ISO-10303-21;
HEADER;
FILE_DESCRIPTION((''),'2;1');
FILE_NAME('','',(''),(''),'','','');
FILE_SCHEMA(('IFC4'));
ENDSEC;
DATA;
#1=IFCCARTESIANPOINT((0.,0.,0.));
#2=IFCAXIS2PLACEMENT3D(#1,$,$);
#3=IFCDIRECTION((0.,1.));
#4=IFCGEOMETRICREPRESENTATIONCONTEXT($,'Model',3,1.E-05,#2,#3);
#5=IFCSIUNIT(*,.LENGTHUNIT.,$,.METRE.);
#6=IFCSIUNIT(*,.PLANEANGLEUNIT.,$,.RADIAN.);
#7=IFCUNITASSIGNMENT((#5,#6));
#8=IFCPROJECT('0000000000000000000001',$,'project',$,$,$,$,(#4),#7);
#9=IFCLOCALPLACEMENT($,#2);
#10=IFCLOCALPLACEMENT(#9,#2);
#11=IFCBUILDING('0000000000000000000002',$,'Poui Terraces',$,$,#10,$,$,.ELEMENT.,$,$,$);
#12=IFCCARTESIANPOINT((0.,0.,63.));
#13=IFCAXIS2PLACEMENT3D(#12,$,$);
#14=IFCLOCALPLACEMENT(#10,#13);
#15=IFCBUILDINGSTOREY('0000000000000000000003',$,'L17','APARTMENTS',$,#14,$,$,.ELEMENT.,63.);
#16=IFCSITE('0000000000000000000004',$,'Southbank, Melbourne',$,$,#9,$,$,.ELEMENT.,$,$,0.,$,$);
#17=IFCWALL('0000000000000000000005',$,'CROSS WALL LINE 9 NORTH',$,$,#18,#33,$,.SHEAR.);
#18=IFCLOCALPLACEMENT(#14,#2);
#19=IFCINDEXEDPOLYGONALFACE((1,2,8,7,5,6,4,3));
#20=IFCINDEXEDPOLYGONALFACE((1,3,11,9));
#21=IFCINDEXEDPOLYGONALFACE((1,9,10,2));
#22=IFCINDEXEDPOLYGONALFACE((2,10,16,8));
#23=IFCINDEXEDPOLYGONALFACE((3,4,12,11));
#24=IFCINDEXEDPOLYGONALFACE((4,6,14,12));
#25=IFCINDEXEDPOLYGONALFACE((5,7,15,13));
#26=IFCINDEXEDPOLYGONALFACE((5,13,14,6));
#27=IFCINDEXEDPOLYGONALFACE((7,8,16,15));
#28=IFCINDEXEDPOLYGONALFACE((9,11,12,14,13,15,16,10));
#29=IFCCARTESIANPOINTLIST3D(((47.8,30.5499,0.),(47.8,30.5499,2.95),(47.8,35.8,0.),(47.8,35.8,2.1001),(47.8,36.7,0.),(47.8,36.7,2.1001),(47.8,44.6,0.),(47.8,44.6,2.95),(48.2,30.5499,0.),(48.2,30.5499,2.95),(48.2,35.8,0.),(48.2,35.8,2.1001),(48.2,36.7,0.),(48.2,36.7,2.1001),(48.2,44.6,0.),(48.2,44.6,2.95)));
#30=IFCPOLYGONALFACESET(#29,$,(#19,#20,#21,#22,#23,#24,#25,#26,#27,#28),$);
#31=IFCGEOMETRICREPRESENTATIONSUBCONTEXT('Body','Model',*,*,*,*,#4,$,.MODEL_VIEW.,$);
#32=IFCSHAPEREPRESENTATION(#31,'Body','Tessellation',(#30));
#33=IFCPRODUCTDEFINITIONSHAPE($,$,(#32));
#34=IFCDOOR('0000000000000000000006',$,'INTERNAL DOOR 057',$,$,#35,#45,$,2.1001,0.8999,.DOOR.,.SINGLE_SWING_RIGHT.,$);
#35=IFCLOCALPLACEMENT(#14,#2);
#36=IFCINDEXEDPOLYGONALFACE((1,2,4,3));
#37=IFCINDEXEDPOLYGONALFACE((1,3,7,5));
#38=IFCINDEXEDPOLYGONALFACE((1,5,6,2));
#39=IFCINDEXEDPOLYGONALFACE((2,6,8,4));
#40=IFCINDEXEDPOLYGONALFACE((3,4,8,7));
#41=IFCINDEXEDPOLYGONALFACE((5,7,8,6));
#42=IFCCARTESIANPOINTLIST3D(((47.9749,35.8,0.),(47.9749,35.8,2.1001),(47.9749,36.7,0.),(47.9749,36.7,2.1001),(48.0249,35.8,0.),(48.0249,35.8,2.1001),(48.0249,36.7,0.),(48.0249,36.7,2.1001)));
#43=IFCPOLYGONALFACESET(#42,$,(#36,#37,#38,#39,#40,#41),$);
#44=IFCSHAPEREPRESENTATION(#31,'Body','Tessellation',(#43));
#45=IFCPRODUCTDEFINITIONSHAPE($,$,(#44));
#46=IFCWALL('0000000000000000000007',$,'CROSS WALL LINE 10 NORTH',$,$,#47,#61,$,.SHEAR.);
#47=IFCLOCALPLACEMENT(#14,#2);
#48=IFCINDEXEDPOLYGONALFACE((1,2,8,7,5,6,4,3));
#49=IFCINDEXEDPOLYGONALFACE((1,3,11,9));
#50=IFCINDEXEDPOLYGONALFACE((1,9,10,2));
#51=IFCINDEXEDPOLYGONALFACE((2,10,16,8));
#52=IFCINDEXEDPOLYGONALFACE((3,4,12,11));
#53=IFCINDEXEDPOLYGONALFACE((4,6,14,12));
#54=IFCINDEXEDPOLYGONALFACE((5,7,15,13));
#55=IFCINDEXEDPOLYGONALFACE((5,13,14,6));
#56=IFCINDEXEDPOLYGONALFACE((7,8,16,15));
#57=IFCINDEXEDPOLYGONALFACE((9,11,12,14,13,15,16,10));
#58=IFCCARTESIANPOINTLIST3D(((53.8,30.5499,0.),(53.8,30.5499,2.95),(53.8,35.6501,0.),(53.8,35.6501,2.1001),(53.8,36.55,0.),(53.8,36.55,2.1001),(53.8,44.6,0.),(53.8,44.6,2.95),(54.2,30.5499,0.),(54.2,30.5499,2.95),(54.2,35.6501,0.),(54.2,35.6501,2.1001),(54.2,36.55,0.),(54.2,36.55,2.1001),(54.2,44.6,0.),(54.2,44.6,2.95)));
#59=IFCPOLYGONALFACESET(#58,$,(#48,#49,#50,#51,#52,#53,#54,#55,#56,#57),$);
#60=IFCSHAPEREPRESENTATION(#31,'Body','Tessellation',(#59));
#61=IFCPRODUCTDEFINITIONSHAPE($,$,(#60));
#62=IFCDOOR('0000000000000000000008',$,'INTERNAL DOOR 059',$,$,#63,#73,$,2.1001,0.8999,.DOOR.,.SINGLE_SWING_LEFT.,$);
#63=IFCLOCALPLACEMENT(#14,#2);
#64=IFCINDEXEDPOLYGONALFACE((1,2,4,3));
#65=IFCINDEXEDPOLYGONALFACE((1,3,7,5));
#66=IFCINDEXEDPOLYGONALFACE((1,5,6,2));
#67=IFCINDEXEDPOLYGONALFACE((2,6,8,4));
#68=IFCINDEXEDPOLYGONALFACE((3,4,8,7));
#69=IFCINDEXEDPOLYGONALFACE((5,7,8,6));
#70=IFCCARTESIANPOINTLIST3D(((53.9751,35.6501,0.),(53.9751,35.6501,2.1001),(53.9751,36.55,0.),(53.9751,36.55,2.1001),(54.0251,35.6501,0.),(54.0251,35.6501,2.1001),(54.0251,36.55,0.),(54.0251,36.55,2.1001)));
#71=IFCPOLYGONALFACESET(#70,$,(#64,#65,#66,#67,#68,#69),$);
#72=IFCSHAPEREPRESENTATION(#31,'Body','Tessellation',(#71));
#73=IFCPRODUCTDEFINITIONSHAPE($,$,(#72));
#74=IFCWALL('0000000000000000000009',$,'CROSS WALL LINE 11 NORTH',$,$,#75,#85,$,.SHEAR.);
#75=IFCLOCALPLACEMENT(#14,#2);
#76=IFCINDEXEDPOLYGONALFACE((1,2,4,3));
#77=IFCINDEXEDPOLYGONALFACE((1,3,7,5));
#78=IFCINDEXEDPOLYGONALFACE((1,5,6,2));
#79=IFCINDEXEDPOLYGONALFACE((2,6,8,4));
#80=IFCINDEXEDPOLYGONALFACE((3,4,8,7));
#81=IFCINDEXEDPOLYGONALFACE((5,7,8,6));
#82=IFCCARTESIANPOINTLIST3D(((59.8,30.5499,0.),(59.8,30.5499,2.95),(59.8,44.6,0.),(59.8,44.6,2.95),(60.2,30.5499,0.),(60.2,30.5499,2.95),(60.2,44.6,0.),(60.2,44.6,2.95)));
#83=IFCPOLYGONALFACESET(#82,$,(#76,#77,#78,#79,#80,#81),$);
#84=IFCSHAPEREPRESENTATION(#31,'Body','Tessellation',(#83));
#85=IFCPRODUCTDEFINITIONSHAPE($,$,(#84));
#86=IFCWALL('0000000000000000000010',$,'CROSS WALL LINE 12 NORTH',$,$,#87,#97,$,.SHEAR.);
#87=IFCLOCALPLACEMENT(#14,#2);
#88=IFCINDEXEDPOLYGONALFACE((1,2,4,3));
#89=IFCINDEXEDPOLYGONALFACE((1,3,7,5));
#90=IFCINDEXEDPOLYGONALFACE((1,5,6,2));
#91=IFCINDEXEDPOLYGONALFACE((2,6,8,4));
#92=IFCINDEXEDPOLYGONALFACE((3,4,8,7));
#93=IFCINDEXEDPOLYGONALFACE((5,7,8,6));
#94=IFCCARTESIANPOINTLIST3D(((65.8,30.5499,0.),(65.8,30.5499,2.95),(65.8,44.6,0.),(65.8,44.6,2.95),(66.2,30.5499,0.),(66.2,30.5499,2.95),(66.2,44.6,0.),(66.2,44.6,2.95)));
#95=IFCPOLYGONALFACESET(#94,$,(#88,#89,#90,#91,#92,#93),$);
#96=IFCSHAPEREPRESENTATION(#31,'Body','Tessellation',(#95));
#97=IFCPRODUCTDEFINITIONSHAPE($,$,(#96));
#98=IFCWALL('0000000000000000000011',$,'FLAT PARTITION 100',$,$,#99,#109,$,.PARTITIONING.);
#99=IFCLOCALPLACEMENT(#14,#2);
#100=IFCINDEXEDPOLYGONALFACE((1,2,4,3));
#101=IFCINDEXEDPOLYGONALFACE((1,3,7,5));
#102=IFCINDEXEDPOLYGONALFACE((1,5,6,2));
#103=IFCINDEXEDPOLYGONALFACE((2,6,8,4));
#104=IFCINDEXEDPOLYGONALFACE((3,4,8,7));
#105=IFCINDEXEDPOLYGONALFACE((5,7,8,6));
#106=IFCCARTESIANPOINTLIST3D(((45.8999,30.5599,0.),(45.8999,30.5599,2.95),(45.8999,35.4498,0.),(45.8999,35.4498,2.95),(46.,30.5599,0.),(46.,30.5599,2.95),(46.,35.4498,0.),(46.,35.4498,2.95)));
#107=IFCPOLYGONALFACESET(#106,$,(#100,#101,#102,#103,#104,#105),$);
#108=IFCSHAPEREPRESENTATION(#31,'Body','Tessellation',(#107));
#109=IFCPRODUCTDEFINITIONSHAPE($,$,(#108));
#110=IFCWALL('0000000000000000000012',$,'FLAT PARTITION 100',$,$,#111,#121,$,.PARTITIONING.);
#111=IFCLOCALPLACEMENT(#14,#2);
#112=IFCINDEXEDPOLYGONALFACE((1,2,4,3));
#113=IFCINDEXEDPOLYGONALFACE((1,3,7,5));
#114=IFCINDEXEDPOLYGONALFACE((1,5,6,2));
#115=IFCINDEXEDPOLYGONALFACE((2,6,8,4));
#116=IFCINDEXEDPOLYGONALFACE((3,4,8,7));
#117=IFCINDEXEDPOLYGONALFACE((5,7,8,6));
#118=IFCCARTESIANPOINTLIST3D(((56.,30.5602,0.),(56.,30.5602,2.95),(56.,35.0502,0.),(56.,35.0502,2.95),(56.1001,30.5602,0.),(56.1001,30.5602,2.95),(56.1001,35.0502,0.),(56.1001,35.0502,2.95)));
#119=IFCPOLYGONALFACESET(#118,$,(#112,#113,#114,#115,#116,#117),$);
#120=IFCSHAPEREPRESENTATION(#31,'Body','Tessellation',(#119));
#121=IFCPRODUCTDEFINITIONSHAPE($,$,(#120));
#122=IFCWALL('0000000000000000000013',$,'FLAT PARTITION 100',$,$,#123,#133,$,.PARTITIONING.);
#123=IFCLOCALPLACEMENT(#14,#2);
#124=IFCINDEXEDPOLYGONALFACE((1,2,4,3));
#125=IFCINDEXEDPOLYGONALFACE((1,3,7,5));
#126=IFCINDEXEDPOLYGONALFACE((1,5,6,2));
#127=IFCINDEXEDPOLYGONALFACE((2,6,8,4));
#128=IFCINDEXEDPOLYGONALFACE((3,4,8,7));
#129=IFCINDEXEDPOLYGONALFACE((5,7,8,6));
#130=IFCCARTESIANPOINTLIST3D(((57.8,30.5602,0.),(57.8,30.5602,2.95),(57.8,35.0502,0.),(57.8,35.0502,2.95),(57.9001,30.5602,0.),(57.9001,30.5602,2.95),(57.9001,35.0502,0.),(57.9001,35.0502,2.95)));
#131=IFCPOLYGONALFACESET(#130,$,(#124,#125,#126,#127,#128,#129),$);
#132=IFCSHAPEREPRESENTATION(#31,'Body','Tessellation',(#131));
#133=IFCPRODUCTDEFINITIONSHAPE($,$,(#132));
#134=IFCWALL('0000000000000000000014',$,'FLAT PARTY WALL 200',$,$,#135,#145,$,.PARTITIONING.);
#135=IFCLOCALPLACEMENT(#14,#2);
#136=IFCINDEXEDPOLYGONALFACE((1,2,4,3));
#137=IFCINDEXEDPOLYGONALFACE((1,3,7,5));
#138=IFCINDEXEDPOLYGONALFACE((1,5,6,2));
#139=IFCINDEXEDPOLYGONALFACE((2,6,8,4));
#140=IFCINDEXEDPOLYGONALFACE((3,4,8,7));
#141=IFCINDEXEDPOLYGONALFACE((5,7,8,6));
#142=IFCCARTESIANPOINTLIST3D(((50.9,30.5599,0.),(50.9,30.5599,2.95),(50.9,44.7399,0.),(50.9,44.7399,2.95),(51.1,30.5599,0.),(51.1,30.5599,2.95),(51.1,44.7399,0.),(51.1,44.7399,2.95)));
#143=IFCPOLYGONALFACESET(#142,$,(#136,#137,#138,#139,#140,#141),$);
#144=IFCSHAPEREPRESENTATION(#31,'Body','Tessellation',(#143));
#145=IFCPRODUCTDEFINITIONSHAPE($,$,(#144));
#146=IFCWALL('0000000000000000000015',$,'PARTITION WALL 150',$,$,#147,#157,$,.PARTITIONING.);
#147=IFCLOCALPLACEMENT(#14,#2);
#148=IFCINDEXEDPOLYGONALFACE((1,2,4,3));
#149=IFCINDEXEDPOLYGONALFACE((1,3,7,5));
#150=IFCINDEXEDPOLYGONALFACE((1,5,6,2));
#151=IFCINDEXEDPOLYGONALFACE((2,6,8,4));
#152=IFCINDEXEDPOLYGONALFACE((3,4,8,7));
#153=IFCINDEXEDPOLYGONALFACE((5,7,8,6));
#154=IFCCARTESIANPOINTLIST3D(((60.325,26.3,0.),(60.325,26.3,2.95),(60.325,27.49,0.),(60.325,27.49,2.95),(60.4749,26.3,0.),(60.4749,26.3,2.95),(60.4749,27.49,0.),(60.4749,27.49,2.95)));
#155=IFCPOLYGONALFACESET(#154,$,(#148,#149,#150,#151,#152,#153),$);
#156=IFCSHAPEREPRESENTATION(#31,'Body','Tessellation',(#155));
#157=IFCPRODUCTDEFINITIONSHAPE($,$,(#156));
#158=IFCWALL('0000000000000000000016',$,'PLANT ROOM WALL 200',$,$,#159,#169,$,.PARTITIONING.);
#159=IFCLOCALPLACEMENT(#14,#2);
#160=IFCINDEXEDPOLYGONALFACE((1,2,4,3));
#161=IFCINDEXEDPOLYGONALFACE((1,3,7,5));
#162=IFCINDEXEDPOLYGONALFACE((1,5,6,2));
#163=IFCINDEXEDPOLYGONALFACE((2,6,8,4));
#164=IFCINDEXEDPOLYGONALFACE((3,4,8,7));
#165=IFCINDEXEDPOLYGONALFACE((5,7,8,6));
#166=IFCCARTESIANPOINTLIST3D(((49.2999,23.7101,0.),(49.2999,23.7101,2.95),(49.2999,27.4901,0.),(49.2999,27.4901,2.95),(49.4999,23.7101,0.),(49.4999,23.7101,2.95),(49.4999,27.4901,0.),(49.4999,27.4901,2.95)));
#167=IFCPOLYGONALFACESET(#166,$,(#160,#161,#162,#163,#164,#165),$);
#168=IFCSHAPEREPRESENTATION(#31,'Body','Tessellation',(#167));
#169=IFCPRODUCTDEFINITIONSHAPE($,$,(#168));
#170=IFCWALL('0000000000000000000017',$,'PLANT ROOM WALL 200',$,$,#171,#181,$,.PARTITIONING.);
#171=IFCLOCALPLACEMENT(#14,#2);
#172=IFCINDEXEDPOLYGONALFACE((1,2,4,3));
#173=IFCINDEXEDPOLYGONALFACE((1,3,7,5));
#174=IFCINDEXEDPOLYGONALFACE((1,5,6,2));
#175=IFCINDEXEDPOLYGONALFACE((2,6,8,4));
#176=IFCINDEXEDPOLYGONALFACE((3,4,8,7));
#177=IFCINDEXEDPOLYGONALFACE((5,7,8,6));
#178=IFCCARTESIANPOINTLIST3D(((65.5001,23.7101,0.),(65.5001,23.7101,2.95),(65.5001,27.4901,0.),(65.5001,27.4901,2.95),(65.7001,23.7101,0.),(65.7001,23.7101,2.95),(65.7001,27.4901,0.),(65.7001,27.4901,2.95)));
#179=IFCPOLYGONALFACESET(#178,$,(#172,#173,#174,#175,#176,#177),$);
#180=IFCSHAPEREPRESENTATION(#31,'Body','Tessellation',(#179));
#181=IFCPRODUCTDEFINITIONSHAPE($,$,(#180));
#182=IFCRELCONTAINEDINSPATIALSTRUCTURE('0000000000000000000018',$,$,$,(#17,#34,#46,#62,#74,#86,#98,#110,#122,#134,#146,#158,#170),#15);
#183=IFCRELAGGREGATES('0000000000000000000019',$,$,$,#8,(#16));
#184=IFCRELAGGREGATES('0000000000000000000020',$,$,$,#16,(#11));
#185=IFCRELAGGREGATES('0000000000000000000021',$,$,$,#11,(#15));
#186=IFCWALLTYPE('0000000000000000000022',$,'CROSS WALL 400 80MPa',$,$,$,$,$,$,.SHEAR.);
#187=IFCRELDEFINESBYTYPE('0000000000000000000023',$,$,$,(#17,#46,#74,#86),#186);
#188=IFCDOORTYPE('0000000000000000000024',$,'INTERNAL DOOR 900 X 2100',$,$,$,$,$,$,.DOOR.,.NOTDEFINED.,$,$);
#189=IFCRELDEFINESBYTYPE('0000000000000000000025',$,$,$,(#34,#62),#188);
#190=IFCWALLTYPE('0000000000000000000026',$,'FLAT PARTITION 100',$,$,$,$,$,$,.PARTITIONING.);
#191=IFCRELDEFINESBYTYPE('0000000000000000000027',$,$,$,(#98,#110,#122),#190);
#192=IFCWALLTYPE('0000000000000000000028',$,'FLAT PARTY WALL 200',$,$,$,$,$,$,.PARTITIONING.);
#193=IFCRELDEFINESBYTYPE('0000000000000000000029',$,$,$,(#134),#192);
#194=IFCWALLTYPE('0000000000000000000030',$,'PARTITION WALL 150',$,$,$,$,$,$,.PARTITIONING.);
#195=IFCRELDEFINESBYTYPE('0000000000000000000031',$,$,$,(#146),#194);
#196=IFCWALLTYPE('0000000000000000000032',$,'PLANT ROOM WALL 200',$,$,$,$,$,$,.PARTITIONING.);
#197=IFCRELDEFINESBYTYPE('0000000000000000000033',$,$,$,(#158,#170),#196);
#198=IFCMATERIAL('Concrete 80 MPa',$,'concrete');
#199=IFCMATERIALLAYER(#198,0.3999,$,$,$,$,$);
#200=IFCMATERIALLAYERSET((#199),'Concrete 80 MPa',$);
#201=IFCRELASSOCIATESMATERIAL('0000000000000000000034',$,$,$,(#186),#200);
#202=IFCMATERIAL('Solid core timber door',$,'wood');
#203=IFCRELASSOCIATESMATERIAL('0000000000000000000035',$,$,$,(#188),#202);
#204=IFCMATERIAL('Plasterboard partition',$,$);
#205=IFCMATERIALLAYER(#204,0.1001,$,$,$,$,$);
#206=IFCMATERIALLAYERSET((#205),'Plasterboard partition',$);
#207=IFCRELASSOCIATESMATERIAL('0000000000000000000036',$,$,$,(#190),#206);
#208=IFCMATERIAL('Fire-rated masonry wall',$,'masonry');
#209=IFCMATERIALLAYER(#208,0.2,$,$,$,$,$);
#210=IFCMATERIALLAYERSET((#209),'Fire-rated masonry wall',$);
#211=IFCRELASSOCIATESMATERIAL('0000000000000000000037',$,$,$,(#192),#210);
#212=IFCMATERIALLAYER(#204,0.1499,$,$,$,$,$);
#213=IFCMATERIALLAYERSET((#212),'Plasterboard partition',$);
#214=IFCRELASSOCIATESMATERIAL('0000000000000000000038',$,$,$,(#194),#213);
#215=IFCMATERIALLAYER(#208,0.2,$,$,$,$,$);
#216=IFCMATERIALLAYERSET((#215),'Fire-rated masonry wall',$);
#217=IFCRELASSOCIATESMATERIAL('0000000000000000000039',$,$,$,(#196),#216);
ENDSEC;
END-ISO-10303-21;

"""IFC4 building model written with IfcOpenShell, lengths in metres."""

from ifc_helpers import new_model, si_unit, direction, frame, frame_2d, origin, place, context, subcontext, project, spatial, rectangle, extrude, material, layer, layer_set, type_object, element, fill, save


model = new_model("IFC4")

# Units and contexts
model_context = context("Model", 3, precision=1e-05, world=origin(), true_north=direction((0.0, 1.0)))
body_context = subcontext(model_context, "Body", "Model", "MODEL_VIEW")
ifc_project = project(units=[si_unit("LENGTHUNIT", "METRE"), si_unit("PLANEANGLEUNIT", "RADIAN")], contexts=[model_context])

# Site, building, storey
site_placement = place(None, origin())
site = spatial("IfcSite", under=ifc_project, at=site_placement, Name="Southbank, Melbourne", CompositionType="ELEMENT", RefElevation=0.0)
building_placement = place(site_placement, origin())
building = spatial("IfcBuilding", under=site, at=building_placement, Name="Poui Terraces", CompositionType="ELEMENT")
storey_placement = place(building_placement, frame((0.0, 0.0, 63.0)))
storey = spatial("IfcBuildingStorey", under=building, at=storey_placement, Name="L17", Description="APARTMENTS", CompositionType="ELEMENT", Elevation=63.0)

# Shared definitions
ifc_material_1 = material(Name="Concrete 80 MPa", Category="concrete")

# Walls, openings, doors
ifc_layer_1 = layer(ifc_material_1, 0.3999)
ifc_layer_set_1 = layer_set([ifc_layer_1], Name="Concrete 80 MPa")
wall_type_1 = type_object("IfcWallType", Name="CROSS WALL 400 80MPa", PredefinedType="SHEAR", material=ifc_layer_set_1)
wall_1_placement = place(storey_placement, frame((48.0, 30.55, 0.0), z_axis=(0.0, 0.0, 1.0), x_axis=(0.0, 1.0, 0.0)))
wall_1 = element("IfcWall", 1, at=wall_1_placement, inside=storey, type_object=wall_type_1, Name="CROSS WALL LINE 9 NORTH", PredefinedType="SHEAR", context=body_context, shape_type="SweptSolid", body=[
    extrude(rectangle(XDim=14.05, YDim=0.3999, at=frame_2d((7.0249, 0.0))), origin(), (0.0, 0.0, 1.0), 2.95),
])
opening_1_placement = place(wall_1_placement, frame((5.25, 0.0, 0.0)))
opening_1 = element("IfcOpeningElement", 2, at=opening_1_placement, cuts=wall_1, PredefinedType="OPENING", context=body_context, shape_type="SweptSolid", body=[
    extrude(rectangle(XDim=0.8999, YDim=2.1001, at=frame_2d((0.45, 1.05))), frame((0.0, 0.21, 0.0), z_axis=(0.0, -1.0, 0.0), x_axis=(1.0, 0.0, 0.0)), (0.0, 0.0, 1.0), 0.4199),
])
ifc_material_2 = material(Name="Solid core timber door", Category="wood")
door_type_1 = type_object("IfcDoorType", Name="INTERNAL DOOR 900 X 2100", OperationType="NOTDEFINED", PredefinedType="DOOR", material=ifc_material_2)
door_1_placement = place(opening_1_placement, frame((0.8999, 0.0, 0.0), z_axis=(0.0, 0.0, 1.0), x_axis=(-1.0, 0.0, 0.0)))
door_1 = element("IfcDoor", 3, at=door_1_placement, inside=storey, type_object=door_type_1, Name="INTERNAL DOOR 057", OperationType="SINGLE_SWING_RIGHT", OverallHeight=2.1001, OverallWidth=0.8999, PredefinedType="DOOR", context=body_context, shape_type="SweptSolid", body=[
    extrude(rectangle(XDim=0.8999, YDim=2.1001, at=frame_2d((0.45, 1.05))), frame((0.0, 0.0249, 0.0), z_axis=(0.0, -1.0, 0.0), x_axis=(1.0, 0.0, 0.0)), (0.0, 0.0, 1.0), 0.05),
])
fill(opening_1, door_1)
wall_2_placement = place(storey_placement, frame((54.0, 30.55, 0.0), z_axis=(0.0, 0.0, 1.0), x_axis=(0.0, 1.0, 0.0)))
wall_2 = element("IfcWall", 4, at=wall_2_placement, inside=storey, type_object=wall_type_1, Name="CROSS WALL LINE 10 NORTH", PredefinedType="SHEAR", context=body_context, shape_type="SweptSolid", body=[
    extrude(rectangle(XDim=14.05, YDim=0.3999, at=frame_2d((7.0249, 0.0))), origin(), (0.0, 0.0, 1.0), 2.95),
])
opening_2_placement = place(wall_2_placement, frame((5.1001, 0.0, 0.0)))
opening_2 = element("IfcOpeningElement", 5, at=opening_2_placement, cuts=wall_2, PredefinedType="OPENING", context=body_context, shape_type="SweptSolid", body=[
    extrude(rectangle(XDim=0.8999, YDim=2.1001, at=frame_2d((0.45, 1.05))), frame((0.0, 0.21, 0.0), z_axis=(0.0, -1.0, 0.0), x_axis=(1.0, 0.0, 0.0)), (0.0, 0.0, 1.0), 0.4199),
])
door_2_placement = place(opening_2_placement, origin())
door_2 = element("IfcDoor", 6, at=door_2_placement, inside=storey, type_object=door_type_1, Name="INTERNAL DOOR 059", OperationType="SINGLE_SWING_LEFT", OverallHeight=2.1001, OverallWidth=0.8999, PredefinedType="DOOR", context=body_context, shape_type="SweptSolid", body=[
    extrude(rectangle(XDim=0.8999, YDim=2.1001, at=frame_2d((0.45, 1.05))), frame((0.0, 0.0249, 0.0), z_axis=(0.0, -1.0, 0.0), x_axis=(1.0, 0.0, 0.0)), (0.0, 0.0, 1.0), 0.05),
])
fill(opening_2, door_2)

# Walls
for number, where, z_axis, x_axis, name in (
    (7, (60.0, 30.55, 0.0), (0.0, 0.0, 1.0), (0.0, 1.0, 0.0), "CROSS WALL LINE 11 NORTH"),
    (8, (66.0, 30.55, 0.0), (0.0, 0.0, 1.0), (0.0, 1.0, 0.0), "CROSS WALL LINE 12 NORTH"),
):
    element("IfcWall", number, at=place(storey_placement, frame(where, z_axis=z_axis, x_axis=x_axis)), inside=storey, type_object=wall_type_1, Name=name, PredefinedType="SHEAR", context=body_context, shape_type="SweptSolid", body=[
        extrude(rectangle(XDim=14.05, YDim=0.3999, at=frame_2d((7.0249, 0.0))), origin(), (0.0, 0.0, 1.0), 2.95),
    ])
ifc_material_3 = material(Name="Plasterboard partition")
ifc_layer_2 = layer(ifc_material_3, 0.1001)
ifc_layer_set_2 = layer_set([ifc_layer_2], Name="Plasterboard partition")
wall_type_2 = type_object("IfcWallType", Name="FLAT PARTITION 100", PredefinedType="PARTITIONING", material=ifc_layer_set_2)
wall_3_placement = place(storey_placement, frame((45.95, 30.5601, 0.0), z_axis=(0.0, 0.0, 1.0), x_axis=(0.0, 1.0, 0.0)))
element("IfcWall", 9, at=wall_3_placement, inside=storey, type_object=wall_type_2, Name="FLAT PARTITION 100", PredefinedType="PARTITIONING", context=body_context, shape_type="SweptSolid", body=[
    extrude(rectangle(XDim=4.8899, YDim=0.1001, at=frame_2d((2.4448, 0.0))), origin(), (0.0, 0.0, 1.0), 2.95),
])
for number, where, z_axis, x_axis, name in (
    (10, (56.05, 30.5601, 0.0), (0.0, 0.0, 1.0), (0.0, 1.0, 0.0), "FLAT PARTITION 100"),
    (11, (57.8501, 30.5601, 0.0), (0.0, 0.0, 1.0), (0.0, 1.0, 0.0), "FLAT PARTITION 100"),
):
    element("IfcWall", number, at=place(storey_placement, frame(where, z_axis=z_axis, x_axis=x_axis)), inside=storey, type_object=wall_type_2, Name=name, PredefinedType="PARTITIONING", context=body_context, shape_type="SweptSolid", body=[
        extrude(rectangle(XDim=4.49, YDim=0.1001, at=frame_2d((2.2451, 0.0))), origin(), (0.0, 0.0, 1.0), 2.95),
    ])
ifc_material_4 = material(Name="Fire-rated masonry wall", Category="masonry")
ifc_layer_3 = layer(ifc_material_4, 0.2)
ifc_layer_set_3 = layer_set([ifc_layer_3], Name="Fire-rated masonry wall")
wall_type_3 = type_object("IfcWallType", Name="FLAT PARTY WALL 200", PredefinedType="PARTITIONING", material=ifc_layer_set_3)
wall_4_placement = place(storey_placement, frame((51.0, 30.5601, 0.0), z_axis=(0.0, 0.0, 1.0), x_axis=(0.0, 1.0, 0.0)))
element("IfcWall", 12, at=wall_4_placement, inside=storey, type_object=wall_type_3, Name="FLAT PARTY WALL 200", PredefinedType="PARTITIONING", context=body_context, shape_type="SweptSolid", body=[
    extrude(rectangle(XDim=14.1799, YDim=0.2, at=frame_2d((7.0898, 0.0))), origin(), (0.0, 0.0, 1.0), 2.95),
])
ifc_layer_4 = layer(ifc_material_3, 0.1499)
ifc_layer_set_4 = layer_set([ifc_layer_4], Name="Plasterboard partition")
wall_type_4 = type_object("IfcWallType", Name="PARTITION WALL 150", PredefinedType="PARTITIONING", material=ifc_layer_set_4)
wall_5_placement = place(storey_placement, frame((60.3999, 26.3, 0.0), z_axis=(0.0, 0.0, 1.0), x_axis=(0.0, 1.0, 0.0)))
element("IfcWall", 13, at=wall_5_placement, inside=storey, type_object=wall_type_4, Name="PARTITION WALL 150", PredefinedType="PARTITIONING", context=body_context, shape_type="SweptSolid", body=[
    extrude(rectangle(XDim=1.1899, YDim=0.1499, at=frame_2d((0.595, 0.0))), origin(), (0.0, 0.0, 1.0), 2.95),
])
ifc_layer_5 = layer(ifc_material_4, 0.2)
ifc_layer_set_5 = layer_set([ifc_layer_5], Name="Fire-rated masonry wall")
wall_type_5 = type_object("IfcWallType", Name="PLANT ROOM WALL 200", PredefinedType="PARTITIONING", material=ifc_layer_set_5)
for number, where, z_axis, x_axis, name in (
    (14, (49.3999, 23.71, 0.0), (0.0, 0.0, 1.0), (0.0, 1.0, 0.0), "PLANT ROOM WALL 200"),
    (15, (65.6001, 23.71, 0.0), (0.0, 0.0, 1.0), (0.0, 1.0, 0.0), "PLANT ROOM WALL 200"),
):
    element("IfcWall", number, at=place(storey_placement, frame(where, z_axis=z_axis, x_axis=x_axis)), inside=storey, type_object=wall_type_5, Name=name, PredefinedType="PARTITIONING", context=body_context, shape_type="SweptSolid", body=[
        extrude(rectangle(XDim=3.78, YDim=0.2, at=frame_2d((1.8901, 0.0))), origin(), (0.0, 0.0, 1.0), 2.95),
    ])

save(model, "model.ifc")
